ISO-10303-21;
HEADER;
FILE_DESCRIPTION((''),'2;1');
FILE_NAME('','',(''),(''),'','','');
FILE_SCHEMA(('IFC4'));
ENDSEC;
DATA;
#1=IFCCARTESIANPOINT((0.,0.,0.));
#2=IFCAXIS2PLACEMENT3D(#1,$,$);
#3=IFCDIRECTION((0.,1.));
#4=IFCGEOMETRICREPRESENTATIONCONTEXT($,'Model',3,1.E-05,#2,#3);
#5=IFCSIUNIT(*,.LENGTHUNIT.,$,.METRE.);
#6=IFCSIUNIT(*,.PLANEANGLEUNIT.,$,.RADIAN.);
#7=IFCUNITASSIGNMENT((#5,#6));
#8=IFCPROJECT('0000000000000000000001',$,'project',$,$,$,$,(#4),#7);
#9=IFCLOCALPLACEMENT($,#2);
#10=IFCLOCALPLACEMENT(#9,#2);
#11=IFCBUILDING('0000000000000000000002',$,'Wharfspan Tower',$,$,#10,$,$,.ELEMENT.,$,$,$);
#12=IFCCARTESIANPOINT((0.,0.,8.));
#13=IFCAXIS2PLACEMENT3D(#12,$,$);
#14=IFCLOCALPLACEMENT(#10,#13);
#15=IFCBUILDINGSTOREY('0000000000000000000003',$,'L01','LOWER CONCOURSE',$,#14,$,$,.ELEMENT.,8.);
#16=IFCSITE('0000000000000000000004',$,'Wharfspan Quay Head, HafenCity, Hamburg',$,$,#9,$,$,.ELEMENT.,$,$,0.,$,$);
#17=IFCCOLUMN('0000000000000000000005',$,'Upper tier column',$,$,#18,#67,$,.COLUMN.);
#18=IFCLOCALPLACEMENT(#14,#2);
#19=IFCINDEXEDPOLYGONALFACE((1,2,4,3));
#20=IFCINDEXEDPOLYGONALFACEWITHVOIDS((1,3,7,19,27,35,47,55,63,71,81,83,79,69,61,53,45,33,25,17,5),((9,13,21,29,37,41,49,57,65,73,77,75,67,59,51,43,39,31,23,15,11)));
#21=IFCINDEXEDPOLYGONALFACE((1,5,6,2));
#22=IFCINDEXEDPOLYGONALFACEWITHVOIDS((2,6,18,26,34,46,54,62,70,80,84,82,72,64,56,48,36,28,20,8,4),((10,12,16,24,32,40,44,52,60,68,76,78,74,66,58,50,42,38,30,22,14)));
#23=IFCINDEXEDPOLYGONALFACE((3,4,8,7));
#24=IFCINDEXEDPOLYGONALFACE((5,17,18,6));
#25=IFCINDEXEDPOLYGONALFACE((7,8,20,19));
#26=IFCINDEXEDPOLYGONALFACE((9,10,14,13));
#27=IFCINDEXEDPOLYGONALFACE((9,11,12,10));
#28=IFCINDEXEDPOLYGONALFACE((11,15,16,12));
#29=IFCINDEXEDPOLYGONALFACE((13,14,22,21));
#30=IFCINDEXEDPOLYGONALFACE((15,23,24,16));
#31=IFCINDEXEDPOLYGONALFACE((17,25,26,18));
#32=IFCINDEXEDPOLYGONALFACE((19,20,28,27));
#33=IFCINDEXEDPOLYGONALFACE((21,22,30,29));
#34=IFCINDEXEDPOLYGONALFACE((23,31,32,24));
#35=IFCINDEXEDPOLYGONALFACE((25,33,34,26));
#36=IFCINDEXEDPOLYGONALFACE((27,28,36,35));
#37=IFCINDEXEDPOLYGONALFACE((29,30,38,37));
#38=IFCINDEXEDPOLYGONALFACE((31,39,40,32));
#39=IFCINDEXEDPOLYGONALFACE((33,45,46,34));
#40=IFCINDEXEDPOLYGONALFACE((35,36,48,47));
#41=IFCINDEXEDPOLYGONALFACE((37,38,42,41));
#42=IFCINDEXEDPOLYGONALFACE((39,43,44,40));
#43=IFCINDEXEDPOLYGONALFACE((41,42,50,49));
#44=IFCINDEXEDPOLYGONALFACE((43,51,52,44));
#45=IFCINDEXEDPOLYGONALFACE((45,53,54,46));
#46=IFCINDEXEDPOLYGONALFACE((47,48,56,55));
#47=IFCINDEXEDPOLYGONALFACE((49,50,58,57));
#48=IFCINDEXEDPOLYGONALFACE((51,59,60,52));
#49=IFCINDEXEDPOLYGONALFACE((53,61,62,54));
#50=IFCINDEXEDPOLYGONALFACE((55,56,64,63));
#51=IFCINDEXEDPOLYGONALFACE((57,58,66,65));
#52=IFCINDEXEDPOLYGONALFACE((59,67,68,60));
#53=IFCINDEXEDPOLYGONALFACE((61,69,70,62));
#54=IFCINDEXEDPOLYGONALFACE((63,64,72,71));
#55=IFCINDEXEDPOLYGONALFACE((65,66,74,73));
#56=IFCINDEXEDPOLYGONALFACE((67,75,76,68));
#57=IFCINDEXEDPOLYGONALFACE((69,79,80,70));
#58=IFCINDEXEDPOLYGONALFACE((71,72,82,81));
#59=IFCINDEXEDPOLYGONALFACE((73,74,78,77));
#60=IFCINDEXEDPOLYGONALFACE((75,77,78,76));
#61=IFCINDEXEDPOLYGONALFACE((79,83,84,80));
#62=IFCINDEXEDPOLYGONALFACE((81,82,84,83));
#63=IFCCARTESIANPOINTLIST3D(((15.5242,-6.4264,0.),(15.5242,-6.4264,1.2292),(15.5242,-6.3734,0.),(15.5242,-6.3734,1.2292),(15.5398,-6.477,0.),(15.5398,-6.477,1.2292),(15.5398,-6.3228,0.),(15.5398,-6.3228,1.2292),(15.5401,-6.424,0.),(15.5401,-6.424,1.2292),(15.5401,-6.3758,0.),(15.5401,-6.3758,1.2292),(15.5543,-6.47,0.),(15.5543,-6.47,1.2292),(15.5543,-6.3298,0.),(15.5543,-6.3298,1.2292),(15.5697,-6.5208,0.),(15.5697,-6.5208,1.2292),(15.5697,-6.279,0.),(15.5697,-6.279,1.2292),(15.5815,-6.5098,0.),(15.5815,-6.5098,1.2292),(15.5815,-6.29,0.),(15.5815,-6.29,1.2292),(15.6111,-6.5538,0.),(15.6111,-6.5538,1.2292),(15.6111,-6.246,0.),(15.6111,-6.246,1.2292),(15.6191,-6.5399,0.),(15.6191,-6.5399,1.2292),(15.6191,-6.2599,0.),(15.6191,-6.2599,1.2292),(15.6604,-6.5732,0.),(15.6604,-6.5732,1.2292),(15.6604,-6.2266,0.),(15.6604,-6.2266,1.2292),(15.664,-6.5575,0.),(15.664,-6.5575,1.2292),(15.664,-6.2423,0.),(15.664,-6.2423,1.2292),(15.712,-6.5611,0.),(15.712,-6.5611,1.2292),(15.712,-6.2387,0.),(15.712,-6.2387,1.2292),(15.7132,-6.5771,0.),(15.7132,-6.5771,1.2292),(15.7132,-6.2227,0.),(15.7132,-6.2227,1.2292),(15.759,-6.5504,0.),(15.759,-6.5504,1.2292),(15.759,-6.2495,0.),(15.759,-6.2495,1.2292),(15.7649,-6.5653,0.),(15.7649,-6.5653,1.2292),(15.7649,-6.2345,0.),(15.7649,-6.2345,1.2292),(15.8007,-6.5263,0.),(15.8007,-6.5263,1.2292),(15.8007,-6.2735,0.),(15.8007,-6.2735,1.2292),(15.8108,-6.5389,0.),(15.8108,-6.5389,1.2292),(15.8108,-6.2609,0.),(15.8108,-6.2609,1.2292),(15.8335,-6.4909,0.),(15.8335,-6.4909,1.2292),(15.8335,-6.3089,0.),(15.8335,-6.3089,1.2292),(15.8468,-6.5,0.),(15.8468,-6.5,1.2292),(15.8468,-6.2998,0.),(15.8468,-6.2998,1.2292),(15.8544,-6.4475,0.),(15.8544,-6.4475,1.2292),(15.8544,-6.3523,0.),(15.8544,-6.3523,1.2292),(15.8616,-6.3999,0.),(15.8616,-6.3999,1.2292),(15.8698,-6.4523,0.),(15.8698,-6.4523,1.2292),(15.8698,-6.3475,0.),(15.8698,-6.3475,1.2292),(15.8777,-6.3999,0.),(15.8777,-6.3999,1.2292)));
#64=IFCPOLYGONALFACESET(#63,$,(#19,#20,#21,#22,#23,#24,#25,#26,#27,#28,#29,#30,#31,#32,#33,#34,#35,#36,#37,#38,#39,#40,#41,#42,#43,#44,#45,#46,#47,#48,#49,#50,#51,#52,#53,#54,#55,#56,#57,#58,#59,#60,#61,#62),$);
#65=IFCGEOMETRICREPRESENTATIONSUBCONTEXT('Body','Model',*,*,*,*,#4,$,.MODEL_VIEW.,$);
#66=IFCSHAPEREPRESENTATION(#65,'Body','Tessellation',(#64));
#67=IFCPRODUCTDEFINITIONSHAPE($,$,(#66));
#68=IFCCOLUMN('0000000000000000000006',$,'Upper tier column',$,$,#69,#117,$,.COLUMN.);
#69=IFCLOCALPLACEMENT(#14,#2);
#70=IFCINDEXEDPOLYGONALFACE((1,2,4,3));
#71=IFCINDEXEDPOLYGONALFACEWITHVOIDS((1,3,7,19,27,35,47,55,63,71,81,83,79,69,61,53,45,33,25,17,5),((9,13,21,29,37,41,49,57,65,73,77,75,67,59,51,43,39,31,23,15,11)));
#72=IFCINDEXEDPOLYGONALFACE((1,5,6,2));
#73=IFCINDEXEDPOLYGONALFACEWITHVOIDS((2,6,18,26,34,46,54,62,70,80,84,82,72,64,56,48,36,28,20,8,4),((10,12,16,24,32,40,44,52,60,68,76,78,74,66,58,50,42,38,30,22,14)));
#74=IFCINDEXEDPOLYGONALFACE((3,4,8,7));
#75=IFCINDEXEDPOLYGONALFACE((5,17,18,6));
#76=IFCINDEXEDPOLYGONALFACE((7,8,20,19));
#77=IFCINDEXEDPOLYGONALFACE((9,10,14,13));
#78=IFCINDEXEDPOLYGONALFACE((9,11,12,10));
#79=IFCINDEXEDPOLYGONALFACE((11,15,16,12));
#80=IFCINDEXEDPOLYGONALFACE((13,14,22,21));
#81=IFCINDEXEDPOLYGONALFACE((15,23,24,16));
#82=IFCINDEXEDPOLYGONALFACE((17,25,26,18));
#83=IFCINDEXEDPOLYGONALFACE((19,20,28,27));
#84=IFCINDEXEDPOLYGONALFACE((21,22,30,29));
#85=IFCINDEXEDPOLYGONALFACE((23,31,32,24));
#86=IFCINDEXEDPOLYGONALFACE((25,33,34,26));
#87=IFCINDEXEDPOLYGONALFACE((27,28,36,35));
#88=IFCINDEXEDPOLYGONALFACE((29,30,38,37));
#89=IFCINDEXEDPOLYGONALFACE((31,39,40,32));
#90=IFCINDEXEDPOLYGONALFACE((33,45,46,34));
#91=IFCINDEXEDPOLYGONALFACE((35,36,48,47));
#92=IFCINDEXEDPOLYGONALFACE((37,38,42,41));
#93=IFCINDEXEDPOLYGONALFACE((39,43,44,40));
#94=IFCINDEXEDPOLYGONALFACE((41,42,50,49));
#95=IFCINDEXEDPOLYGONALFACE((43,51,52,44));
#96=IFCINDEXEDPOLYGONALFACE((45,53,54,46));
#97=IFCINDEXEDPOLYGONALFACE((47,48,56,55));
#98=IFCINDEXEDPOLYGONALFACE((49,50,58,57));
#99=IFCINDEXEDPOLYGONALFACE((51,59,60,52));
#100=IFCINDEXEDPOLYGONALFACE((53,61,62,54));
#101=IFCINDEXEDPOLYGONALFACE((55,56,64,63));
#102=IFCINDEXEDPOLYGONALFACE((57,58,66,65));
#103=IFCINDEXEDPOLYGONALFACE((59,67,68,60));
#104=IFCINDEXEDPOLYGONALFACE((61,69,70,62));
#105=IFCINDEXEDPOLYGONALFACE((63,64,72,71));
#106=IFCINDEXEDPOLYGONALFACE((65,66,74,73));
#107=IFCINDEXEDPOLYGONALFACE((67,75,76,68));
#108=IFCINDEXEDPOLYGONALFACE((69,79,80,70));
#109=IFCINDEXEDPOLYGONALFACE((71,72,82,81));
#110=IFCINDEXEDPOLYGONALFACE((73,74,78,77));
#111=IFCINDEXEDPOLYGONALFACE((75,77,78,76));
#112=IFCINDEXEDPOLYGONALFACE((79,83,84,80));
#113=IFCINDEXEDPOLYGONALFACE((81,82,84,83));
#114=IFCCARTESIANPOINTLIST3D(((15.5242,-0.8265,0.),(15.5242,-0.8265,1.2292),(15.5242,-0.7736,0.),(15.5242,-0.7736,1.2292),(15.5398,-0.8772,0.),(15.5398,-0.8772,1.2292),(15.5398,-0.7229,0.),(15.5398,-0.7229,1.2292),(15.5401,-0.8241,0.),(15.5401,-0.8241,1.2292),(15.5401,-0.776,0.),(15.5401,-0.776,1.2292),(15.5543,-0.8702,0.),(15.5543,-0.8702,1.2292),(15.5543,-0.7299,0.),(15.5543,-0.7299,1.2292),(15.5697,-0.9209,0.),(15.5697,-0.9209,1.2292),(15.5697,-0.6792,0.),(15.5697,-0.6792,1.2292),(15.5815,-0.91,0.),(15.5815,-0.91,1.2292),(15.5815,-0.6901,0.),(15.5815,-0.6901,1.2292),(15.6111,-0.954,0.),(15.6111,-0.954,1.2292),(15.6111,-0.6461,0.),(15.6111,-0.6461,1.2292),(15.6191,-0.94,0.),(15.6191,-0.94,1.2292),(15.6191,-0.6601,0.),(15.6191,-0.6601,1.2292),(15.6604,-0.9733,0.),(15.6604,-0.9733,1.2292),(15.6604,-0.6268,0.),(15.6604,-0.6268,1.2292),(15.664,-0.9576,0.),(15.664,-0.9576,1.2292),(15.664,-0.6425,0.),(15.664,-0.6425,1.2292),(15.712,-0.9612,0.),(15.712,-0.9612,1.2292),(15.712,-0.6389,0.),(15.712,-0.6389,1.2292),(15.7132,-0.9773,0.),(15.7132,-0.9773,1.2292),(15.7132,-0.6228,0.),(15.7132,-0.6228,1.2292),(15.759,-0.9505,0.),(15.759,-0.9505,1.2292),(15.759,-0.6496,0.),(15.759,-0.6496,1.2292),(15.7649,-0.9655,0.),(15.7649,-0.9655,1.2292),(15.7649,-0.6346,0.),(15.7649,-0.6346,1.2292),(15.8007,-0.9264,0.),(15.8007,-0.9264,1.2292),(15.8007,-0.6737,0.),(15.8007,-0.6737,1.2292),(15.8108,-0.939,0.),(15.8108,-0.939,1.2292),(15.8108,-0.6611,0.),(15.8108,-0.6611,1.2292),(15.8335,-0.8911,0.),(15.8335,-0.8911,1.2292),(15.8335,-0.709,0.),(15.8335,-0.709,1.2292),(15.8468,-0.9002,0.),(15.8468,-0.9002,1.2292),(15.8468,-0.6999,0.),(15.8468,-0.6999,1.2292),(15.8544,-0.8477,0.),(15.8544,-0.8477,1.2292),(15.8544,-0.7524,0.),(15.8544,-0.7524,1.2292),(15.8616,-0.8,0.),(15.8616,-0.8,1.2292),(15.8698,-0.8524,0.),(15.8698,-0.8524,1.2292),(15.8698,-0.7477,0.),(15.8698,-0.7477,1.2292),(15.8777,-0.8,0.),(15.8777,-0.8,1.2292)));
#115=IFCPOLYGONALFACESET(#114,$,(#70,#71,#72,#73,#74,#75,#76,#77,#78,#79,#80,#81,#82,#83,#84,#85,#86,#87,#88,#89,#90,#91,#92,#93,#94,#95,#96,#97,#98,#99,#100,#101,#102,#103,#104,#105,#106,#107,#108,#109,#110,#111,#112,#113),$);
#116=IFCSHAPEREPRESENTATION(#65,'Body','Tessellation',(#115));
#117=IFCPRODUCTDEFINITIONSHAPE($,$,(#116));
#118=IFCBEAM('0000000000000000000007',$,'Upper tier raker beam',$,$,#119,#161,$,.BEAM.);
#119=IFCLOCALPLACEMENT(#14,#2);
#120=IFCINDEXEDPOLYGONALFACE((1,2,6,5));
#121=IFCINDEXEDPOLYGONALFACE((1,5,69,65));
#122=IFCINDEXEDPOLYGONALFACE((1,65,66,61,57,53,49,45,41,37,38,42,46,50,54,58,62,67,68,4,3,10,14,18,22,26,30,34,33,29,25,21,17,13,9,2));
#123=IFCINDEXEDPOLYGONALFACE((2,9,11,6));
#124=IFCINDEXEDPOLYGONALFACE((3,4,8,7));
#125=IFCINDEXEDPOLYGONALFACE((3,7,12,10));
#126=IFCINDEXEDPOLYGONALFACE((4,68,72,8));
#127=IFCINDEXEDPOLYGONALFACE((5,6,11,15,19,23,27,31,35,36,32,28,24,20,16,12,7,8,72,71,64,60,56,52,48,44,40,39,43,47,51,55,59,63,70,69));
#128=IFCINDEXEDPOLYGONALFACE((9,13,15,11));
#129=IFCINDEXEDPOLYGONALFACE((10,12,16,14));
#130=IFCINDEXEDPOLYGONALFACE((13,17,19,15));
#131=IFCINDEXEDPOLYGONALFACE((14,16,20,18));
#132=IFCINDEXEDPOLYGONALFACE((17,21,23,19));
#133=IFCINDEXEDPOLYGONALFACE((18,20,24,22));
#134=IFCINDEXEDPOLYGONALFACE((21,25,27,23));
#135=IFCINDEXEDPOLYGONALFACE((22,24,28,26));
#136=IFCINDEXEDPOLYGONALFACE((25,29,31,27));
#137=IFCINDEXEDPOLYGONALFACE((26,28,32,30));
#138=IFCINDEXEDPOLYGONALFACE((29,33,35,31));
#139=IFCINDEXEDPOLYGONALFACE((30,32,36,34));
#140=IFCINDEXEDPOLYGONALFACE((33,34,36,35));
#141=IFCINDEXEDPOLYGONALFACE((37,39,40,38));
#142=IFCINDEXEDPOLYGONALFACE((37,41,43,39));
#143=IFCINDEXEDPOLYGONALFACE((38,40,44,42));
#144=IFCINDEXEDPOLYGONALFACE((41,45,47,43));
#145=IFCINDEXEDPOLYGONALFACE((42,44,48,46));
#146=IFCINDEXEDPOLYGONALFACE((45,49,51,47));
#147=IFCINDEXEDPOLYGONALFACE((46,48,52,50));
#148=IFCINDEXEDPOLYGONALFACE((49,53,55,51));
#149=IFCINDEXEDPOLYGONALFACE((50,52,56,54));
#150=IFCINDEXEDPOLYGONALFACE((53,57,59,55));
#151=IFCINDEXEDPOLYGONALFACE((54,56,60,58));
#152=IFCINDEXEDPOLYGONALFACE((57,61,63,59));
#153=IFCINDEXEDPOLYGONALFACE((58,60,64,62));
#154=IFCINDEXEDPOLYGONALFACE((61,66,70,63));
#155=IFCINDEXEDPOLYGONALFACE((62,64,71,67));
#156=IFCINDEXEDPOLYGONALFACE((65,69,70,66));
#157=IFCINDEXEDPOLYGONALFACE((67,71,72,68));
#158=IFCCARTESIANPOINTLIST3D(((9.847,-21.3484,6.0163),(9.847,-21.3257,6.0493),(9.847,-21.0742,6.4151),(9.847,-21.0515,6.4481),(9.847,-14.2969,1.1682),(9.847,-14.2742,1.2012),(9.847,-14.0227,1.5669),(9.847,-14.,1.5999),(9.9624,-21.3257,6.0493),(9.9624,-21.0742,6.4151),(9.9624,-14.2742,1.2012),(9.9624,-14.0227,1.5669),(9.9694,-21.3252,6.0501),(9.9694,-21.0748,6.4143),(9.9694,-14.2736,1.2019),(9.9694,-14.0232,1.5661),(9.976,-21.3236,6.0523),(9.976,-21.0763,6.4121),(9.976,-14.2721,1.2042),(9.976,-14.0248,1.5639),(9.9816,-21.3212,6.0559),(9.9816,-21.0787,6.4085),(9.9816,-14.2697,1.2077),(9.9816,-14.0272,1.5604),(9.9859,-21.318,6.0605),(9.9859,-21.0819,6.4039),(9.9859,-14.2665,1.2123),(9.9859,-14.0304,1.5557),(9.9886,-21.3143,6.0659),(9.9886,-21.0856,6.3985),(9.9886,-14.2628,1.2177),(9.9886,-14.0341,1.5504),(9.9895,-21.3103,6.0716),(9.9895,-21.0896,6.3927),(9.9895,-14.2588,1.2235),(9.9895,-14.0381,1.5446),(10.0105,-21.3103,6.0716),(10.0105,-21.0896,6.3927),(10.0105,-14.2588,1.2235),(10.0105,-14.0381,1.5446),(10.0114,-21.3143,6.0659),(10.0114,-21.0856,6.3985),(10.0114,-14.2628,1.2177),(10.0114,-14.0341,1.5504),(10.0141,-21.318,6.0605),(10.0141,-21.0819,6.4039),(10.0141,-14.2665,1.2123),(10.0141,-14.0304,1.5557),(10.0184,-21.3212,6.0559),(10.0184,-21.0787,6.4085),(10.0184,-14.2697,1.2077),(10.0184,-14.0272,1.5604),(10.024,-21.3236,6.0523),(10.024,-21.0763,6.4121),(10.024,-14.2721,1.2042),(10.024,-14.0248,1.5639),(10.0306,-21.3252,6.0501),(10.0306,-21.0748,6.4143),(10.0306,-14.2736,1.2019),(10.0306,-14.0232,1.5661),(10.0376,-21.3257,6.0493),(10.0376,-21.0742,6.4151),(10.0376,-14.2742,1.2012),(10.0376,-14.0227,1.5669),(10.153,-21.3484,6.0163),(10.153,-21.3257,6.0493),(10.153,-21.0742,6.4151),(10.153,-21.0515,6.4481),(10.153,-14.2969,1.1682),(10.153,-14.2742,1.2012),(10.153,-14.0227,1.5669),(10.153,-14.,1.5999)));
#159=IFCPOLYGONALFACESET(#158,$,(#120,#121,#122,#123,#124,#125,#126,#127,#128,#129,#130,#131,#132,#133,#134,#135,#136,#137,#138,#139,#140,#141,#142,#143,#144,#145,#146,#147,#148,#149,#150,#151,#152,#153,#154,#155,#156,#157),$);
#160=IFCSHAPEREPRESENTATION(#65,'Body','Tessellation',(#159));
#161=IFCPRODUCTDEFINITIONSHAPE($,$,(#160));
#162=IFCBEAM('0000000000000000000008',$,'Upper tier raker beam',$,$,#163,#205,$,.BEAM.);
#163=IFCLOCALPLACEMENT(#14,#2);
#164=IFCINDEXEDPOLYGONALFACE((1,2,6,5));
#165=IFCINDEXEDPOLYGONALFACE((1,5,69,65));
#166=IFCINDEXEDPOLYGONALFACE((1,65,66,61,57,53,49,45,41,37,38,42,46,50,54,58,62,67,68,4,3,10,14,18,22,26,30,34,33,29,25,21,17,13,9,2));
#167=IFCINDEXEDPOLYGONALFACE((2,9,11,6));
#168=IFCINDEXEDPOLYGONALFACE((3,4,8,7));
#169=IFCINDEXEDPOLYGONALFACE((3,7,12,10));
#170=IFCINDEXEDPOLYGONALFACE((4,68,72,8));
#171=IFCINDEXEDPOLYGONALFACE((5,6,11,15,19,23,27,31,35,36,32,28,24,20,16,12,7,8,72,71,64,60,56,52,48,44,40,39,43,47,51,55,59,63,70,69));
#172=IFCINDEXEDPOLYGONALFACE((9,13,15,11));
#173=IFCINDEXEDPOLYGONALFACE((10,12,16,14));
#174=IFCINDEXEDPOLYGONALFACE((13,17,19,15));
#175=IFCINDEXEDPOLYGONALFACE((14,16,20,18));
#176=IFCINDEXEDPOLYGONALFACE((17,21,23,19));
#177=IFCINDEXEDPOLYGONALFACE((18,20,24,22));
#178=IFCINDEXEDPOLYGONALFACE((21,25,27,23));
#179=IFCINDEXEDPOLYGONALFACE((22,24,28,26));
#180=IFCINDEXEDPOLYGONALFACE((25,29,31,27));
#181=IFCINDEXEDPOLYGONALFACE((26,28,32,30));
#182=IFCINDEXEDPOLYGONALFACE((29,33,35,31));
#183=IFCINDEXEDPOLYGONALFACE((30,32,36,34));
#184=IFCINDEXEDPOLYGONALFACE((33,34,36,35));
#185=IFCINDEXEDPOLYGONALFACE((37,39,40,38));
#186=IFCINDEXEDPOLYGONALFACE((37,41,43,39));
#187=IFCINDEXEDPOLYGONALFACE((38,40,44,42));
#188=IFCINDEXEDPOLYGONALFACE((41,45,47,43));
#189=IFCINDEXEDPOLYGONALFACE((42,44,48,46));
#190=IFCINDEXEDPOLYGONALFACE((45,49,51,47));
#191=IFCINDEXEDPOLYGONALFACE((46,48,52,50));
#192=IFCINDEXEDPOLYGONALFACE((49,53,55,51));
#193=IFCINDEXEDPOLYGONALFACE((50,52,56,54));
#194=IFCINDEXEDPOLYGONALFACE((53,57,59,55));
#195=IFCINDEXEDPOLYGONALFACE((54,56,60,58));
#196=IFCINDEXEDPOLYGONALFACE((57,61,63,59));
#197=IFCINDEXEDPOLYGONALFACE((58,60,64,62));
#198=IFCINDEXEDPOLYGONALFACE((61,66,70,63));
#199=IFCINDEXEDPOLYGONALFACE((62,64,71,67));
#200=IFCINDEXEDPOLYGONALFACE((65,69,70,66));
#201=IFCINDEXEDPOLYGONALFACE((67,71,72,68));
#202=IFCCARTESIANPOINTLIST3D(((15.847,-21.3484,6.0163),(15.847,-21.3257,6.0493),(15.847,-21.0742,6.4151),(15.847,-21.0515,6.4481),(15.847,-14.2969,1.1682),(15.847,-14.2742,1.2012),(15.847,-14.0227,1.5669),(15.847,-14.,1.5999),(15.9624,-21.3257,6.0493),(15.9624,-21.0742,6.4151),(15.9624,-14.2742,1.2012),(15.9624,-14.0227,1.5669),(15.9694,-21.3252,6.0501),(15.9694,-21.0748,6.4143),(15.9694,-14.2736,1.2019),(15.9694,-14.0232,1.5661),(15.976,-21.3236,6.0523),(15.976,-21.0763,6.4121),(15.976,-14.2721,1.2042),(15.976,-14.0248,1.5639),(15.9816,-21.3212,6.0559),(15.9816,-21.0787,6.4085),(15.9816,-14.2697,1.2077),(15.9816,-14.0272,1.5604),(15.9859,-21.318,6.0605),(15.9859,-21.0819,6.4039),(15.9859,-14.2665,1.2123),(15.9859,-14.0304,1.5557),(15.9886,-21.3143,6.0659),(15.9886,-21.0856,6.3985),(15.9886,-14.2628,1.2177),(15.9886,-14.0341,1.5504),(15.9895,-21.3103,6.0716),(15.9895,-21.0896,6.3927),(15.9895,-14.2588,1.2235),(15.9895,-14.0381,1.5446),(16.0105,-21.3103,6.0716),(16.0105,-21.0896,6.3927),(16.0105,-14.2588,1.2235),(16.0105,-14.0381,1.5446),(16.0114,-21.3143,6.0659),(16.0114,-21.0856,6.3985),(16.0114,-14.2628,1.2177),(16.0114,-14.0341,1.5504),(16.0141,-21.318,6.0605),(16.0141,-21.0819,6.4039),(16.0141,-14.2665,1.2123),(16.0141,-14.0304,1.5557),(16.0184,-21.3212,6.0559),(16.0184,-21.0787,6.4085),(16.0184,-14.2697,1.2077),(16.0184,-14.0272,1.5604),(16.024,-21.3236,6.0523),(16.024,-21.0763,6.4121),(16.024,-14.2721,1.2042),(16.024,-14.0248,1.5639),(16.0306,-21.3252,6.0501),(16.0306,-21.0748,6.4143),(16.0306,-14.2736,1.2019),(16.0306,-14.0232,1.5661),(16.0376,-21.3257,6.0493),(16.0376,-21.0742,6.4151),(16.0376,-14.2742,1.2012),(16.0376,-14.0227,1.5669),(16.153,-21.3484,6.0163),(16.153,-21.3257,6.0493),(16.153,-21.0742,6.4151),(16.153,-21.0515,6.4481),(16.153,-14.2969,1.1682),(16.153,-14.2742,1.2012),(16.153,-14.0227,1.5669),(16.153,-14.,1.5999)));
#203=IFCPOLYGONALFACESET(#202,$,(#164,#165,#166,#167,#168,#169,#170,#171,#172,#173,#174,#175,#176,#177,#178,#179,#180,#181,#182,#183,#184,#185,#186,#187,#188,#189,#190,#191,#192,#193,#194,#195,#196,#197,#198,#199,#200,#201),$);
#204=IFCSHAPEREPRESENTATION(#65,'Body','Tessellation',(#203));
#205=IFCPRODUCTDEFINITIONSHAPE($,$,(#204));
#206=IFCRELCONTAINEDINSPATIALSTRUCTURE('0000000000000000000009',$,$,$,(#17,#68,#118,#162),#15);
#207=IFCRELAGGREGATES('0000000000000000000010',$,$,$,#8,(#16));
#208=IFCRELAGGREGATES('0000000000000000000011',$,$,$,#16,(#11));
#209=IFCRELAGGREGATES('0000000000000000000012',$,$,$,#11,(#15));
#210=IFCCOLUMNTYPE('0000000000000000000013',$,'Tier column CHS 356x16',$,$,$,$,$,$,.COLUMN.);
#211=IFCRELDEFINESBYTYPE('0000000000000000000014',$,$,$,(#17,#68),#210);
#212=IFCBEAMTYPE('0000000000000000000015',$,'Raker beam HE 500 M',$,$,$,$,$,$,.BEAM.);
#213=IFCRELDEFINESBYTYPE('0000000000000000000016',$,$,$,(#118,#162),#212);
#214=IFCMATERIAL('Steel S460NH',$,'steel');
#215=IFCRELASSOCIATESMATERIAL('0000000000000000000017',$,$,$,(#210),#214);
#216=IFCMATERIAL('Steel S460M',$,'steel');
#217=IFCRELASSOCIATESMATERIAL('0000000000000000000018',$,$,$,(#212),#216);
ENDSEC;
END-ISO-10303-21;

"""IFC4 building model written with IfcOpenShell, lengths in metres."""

from ifc_helpers import new_model, si_unit, direction, frame, origin, origin_2d, place, context, subcontext, project, spatial, hollow_circle, i_section, extrude, material, material_profile, profile_set, type_object, element, save


model = new_model("IFC4")

# Units and contexts
model_context = context("Model", 3, precision=1e-05, world=origin(), true_north=direction((0.0, 1.0)))
body_context = subcontext(model_context, "Body", "Model", "MODEL_VIEW")
ifc_project = project(units=[si_unit("LENGTHUNIT", "METRE"), si_unit("PLANEANGLEUNIT", "RADIAN")], contexts=[model_context])

# Site, building, storey
site_placement = place(None, origin())
site = spatial("IfcSite", under=ifc_project, at=site_placement, Name="Wharfspan Quay Head, HafenCity, Hamburg", CompositionType="ELEMENT", RefElevation=0.0)
building_placement = place(site_placement, origin())
building = spatial("IfcBuilding", under=site, at=building_placement, Name="Wharfspan Tower", CompositionType="ELEMENT")
storey_placement = place(building_placement, frame((0.0, 0.0, 8.0)))
storey = spatial("IfcBuildingStorey", under=building, at=storey_placement, Name="L01", Description="LOWER CONCOURSE", CompositionType="ELEMENT", Elevation=8.0)

# Columns
ifc_material_1 = material(Name="Steel S460NH", Category="steel")
ifc_material_profile_1 = material_profile(ifc_material_1, hollow_circle(Radius=0.1777, WallThickness=0.0161, at=origin_2d()))
ifc_profile_set_1 = profile_set([ifc_material_profile_1], Name="Steel S460NH")
column_type_1 = type_object("IfcColumnType", Name="Tier column CHS 356x16", PredefinedType="COLUMN", material=ifc_profile_set_1)
for number, where, z_axis, x_axis, name in (
    (1, (15.7, -6.3999, 0.0), (0.0, 0.0, 1.0), (1.0, 0.0, 0.0), "Upper tier column"),
    (2, (15.7, -0.8, 0.0), (0.0, 0.0, 1.0), (1.0, 0.0, 0.0), "Upper tier column"),
):
    element("IfcColumn", number, at=place(storey_placement, frame(where, z_axis=z_axis, x_axis=x_axis)), inside=storey, type_object=column_type_1, Name=name, PredefinedType="COLUMN", context=body_context, shape_type="SweptSolid", body=[
        extrude(hollow_circle(Radius=0.1777, WallThickness=0.0161, at=origin_2d()), origin(), (0.0, 0.0, 1.0), 1.2292),
    ])

# Beams
ifc_material_2 = material(Name="Steel S460M", Category="steel")
ifc_material_profile_2 = material_profile(ifc_material_2, i_section(OverallWidth=0.3059, OverallDepth=0.5239, WebThickness=0.021, FlangeThickness=0.04, FilletRadius=0.0271, at=origin_2d()))
ifc_profile_set_2 = profile_set([ifc_material_profile_2], Name="Steel S460M")
beam_type_1 = type_object("IfcBeamType", Name="Raker beam HE 500 M", PredefinedType="BEAM", material=ifc_profile_set_2)
for number, where, z_axis, x_axis, name in (
    (3, (10.0, -14.1484, 1.384), (0.0, -0.824029, 0.566547), (1.0, 0.0, 0.0), "Upper tier raker beam"),
    (4, (16.0, -14.1484, 1.384), (0.0, -0.824029, 0.566547), (1.0, 0.0, 0.0), "Upper tier raker beam"),
):
    element("IfcBeam", number, at=place(storey_placement, frame(where, z_axis=z_axis, x_axis=x_axis)), inside=storey, type_object=beam_type_1, Name=name, PredefinedType="BEAM", context=body_context, shape_type="SweptSolid", body=[
        extrude(i_section(OverallWidth=0.3059, OverallDepth=0.5239, WebThickness=0.021, FlangeThickness=0.04, FilletRadius=0.0271, at=origin_2d()), origin(), (0.0, 0.0, 1.0), 8.5574),
    ])

save(model, "model.ifc")
